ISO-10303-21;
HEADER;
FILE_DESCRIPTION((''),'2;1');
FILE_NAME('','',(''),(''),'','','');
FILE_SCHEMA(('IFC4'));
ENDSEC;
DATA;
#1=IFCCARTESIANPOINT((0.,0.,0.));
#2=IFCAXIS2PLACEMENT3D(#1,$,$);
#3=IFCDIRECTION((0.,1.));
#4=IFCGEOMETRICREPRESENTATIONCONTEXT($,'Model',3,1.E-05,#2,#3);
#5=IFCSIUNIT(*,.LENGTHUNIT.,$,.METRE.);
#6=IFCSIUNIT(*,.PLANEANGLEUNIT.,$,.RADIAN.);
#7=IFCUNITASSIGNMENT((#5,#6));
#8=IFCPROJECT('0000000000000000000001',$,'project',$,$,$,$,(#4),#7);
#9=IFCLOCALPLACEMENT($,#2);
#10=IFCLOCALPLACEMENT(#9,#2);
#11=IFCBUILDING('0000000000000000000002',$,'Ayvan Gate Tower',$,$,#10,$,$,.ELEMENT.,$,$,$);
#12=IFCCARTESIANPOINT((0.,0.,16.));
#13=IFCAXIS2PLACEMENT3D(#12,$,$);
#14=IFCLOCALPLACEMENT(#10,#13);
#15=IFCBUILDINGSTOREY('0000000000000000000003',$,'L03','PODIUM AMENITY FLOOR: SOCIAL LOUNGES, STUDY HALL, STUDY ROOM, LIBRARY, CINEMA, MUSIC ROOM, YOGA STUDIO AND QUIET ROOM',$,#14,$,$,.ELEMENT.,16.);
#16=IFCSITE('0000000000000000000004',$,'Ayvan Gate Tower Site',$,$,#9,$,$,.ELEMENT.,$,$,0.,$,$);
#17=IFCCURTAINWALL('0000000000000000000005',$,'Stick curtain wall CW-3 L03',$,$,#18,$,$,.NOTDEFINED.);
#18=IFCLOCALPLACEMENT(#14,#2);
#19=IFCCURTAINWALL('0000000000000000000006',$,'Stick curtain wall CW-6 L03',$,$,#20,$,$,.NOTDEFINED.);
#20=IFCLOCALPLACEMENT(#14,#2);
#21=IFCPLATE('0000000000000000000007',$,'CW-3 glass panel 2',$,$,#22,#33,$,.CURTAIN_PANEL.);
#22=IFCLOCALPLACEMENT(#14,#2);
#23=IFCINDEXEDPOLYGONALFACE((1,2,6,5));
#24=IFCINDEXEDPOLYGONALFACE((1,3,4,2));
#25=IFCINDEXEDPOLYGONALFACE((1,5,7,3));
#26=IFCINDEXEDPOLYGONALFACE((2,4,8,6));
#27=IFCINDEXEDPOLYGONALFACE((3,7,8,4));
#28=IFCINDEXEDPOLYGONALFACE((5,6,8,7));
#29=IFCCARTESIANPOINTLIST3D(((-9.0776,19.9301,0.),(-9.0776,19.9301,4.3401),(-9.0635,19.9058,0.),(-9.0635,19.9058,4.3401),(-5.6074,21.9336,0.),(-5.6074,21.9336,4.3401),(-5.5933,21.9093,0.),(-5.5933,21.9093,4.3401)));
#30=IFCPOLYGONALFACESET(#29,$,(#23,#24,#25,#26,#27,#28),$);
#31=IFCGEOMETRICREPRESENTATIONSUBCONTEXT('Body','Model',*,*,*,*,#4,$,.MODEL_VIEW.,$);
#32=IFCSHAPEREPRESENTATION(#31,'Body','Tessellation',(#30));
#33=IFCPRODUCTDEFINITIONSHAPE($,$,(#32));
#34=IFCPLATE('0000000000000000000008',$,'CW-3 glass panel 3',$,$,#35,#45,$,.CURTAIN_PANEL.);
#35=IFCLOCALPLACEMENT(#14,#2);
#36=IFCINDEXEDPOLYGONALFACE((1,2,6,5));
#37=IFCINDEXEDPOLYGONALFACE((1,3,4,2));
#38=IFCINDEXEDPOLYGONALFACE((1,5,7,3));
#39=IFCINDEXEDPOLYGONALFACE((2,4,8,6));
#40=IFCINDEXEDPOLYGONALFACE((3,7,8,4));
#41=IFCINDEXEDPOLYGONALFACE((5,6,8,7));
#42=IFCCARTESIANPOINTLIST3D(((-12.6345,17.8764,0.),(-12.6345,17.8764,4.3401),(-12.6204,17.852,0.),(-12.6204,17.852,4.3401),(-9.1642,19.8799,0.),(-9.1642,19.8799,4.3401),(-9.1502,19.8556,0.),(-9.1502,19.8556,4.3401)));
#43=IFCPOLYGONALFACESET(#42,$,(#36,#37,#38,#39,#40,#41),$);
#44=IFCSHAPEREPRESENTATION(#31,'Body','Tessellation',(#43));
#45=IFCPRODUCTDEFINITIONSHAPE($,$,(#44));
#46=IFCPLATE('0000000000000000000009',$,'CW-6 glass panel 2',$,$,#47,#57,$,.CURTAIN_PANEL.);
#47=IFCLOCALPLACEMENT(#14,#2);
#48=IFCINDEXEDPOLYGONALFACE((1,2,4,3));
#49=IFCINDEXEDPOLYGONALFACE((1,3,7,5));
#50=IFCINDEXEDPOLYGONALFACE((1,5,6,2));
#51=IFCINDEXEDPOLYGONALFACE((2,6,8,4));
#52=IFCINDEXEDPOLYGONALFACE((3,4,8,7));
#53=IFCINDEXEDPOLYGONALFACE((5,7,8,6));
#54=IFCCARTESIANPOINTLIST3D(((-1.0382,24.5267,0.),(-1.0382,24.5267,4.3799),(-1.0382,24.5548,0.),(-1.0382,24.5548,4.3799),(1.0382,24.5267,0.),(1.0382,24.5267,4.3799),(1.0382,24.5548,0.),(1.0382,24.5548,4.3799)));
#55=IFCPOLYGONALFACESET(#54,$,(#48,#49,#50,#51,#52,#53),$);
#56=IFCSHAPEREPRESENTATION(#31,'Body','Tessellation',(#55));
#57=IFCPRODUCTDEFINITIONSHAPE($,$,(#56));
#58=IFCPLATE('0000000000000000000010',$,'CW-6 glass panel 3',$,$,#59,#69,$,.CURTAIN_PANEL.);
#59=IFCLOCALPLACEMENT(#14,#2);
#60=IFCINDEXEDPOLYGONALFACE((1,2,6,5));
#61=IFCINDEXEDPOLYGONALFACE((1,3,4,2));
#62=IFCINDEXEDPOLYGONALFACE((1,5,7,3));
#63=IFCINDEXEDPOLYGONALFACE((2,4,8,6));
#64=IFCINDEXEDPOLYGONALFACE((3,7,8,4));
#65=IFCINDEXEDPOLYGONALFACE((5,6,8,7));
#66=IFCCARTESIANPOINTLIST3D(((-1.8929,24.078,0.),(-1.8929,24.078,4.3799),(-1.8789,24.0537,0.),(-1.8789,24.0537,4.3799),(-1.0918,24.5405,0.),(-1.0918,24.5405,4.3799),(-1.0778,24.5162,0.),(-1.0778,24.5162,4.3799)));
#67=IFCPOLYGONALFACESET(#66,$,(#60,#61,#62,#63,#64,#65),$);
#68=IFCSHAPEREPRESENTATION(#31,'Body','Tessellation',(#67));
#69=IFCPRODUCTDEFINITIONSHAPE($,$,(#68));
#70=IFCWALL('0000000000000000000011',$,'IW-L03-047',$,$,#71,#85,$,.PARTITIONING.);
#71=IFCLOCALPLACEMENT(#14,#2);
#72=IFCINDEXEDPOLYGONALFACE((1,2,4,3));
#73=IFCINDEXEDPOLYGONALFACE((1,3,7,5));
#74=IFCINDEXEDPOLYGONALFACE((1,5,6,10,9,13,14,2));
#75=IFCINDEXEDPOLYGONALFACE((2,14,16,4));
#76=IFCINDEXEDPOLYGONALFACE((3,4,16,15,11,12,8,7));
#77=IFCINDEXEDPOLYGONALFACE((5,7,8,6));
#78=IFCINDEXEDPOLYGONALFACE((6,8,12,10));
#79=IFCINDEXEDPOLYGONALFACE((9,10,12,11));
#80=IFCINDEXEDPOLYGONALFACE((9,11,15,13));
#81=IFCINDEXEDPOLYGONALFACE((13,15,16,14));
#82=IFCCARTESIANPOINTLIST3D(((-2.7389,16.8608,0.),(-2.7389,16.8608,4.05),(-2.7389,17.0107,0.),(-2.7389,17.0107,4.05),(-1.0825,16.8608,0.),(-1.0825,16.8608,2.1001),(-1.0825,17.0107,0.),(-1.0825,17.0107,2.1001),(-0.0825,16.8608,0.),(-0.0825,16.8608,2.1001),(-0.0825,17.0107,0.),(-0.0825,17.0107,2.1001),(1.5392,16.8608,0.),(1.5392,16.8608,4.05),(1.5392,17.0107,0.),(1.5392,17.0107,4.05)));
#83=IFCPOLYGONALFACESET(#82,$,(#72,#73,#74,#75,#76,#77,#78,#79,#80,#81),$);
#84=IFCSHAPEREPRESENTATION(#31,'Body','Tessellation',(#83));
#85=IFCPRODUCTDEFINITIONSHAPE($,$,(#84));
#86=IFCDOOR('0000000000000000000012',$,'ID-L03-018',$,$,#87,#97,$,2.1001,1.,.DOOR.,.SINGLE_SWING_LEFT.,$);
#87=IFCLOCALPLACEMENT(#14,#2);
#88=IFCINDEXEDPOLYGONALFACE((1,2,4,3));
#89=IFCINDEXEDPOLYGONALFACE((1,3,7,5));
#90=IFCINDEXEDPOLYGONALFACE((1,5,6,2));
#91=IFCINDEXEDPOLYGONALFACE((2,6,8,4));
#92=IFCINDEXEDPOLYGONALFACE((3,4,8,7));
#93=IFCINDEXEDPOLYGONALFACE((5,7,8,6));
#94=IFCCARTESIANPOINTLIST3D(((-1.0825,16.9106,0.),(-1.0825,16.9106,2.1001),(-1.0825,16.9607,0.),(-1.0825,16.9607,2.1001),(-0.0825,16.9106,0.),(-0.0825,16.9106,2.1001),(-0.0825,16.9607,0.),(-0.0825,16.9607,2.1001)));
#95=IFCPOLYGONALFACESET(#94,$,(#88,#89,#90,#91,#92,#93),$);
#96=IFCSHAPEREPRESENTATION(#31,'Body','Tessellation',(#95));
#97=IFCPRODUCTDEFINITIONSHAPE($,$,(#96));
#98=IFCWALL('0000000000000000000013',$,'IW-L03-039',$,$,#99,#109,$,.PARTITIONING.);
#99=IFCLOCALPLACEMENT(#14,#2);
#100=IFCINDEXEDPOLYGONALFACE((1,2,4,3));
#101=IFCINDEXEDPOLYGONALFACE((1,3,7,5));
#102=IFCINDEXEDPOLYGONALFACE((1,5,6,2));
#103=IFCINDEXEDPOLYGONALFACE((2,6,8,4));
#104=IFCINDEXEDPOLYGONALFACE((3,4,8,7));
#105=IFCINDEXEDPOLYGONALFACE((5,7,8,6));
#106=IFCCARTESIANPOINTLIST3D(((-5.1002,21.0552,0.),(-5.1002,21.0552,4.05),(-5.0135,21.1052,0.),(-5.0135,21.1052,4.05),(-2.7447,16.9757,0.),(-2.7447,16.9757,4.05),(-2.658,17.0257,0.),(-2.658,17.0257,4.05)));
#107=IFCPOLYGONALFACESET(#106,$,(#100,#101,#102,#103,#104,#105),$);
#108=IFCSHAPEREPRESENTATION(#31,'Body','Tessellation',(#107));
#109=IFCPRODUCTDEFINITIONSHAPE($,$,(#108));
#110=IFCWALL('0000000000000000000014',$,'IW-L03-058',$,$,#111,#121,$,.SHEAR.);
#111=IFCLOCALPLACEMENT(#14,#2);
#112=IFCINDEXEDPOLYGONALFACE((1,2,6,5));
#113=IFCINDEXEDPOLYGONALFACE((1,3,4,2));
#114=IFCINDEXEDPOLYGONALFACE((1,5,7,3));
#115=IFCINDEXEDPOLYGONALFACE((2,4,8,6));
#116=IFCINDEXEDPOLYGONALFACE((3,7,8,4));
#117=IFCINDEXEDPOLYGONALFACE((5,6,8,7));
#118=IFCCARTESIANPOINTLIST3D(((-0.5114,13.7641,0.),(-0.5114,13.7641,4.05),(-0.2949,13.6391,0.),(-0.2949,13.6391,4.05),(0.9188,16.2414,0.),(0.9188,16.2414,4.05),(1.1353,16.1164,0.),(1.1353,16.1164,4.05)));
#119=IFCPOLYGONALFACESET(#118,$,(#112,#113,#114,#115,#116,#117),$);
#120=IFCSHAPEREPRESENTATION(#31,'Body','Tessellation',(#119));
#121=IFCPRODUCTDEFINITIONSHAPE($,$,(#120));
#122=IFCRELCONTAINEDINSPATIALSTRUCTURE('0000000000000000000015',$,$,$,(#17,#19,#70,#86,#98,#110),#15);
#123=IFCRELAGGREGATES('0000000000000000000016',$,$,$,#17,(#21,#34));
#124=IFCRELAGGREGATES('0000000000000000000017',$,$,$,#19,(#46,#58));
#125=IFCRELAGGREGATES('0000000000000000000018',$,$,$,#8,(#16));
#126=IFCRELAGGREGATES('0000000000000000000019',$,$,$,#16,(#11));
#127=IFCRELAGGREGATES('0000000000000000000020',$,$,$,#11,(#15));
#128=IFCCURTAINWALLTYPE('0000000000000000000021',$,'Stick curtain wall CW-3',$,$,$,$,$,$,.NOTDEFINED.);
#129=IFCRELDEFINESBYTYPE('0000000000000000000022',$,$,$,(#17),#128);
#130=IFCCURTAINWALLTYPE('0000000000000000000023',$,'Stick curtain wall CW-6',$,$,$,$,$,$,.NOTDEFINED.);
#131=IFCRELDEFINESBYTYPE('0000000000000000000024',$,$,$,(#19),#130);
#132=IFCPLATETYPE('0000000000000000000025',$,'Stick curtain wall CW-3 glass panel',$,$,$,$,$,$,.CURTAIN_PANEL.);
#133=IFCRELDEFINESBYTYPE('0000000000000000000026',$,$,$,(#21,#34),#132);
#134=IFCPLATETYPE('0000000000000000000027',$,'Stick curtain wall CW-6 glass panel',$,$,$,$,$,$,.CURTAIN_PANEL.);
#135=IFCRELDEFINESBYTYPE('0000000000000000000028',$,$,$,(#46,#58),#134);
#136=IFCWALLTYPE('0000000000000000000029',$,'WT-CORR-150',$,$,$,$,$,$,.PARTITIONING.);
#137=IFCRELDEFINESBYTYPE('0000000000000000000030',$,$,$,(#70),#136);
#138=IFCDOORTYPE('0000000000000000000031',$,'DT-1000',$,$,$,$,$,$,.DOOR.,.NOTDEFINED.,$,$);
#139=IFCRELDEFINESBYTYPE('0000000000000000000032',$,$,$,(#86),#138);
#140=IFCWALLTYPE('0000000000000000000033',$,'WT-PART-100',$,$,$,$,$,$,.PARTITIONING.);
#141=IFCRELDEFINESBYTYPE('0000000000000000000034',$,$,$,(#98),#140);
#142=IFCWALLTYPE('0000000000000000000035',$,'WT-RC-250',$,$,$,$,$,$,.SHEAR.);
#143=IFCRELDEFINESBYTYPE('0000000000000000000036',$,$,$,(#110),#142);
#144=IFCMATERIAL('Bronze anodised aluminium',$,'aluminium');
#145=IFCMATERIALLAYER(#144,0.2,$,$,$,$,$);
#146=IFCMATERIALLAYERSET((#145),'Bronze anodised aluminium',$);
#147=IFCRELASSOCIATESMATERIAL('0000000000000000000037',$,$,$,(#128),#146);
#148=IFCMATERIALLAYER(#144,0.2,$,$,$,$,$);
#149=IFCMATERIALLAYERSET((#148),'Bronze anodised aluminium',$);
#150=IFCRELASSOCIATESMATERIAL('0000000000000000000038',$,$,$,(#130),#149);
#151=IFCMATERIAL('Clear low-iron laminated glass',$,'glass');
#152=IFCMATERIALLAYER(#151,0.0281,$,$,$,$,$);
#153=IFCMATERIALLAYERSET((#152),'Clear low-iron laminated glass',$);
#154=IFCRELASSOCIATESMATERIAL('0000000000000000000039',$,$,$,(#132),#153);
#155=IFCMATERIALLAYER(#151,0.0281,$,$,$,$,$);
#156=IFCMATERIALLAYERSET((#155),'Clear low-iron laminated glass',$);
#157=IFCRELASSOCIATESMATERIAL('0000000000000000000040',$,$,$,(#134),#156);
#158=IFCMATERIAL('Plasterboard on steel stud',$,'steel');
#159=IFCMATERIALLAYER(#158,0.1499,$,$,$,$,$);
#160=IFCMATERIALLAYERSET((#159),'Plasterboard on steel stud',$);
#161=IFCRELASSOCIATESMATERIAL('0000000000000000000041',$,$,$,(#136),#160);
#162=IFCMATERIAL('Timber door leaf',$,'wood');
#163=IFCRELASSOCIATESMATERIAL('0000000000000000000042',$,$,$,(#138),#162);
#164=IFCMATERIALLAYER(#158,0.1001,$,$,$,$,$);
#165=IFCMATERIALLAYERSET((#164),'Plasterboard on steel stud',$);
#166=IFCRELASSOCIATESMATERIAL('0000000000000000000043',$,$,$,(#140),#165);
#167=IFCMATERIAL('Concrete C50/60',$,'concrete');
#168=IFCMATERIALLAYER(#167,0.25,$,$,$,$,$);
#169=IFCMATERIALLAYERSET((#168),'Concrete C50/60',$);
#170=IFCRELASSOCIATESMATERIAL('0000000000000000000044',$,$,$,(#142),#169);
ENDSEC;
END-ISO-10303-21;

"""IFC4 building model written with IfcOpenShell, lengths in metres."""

from ifc_helpers import new_model, si_unit, direction, frame, frame_2d, origin, origin_2d, place, context, subcontext, project, spatial, rectangle, extrude, material, layer, layer_set, type_object, element, fill, aggregate, save


model = new_model("IFC4")

# Units and contexts
model_context = context("Model", 3, precision=1e-05, world=origin(), true_north=direction((0.0, 1.0)))
body_context = subcontext(model_context, "Body", "Model", "MODEL_VIEW")
ifc_project = project(units=[si_unit("LENGTHUNIT", "METRE"), si_unit("PLANEANGLEUNIT", "RADIAN")], contexts=[model_context])

# Site, building, storey
site_placement = place(None, origin())
site = spatial("IfcSite", under=ifc_project, at=site_placement, Name="Ayvan Gate Tower Site", CompositionType="ELEMENT", RefElevation=0.0)
building_placement = place(site_placement, origin())
building = spatial("IfcBuilding", under=site, at=building_placement, Name="Ayvan Gate Tower", CompositionType="ELEMENT")
storey_placement = place(building_placement, frame((0.0, 0.0, 16.0)))
storey = spatial("IfcBuildingStorey", under=building, at=storey_placement, Name="L03", Description="PODIUM AMENITY FLOOR: SOCIAL LOUNGES, STUDY HALL, STUDY ROOM, LIBRARY, CINEMA, MUSIC ROOM, YOGA STUDIO AND QUIET ROOM", CompositionType="ELEMENT", Elevation=16.0)

# Curtain walls
ifc_material_1 = material(Name="Bronze anodised aluminium", Category="aluminium")
ifc_layer_1 = layer(ifc_material_1, 0.2)
ifc_layer_set_1 = layer_set([ifc_layer_1], Name="Bronze anodised aluminium")
curtain_wall_type_1 = type_object("IfcCurtainWallType", Name="Stick curtain wall CW-3", PredefinedType="NOTDEFINED", material=ifc_layer_set_1)
curtain_wall_1_placement = place(storey_placement, origin())
curtain_wall_1 = element("IfcCurtainWall", 1, at=curtain_wall_1_placement, inside=storey, type_object=curtain_wall_type_1, Name="Stick curtain wall CW-3 L03", PredefinedType="NOTDEFINED")
ifc_layer_2 = layer(ifc_material_1, 0.2)
ifc_layer_set_2 = layer_set([ifc_layer_2], Name="Bronze anodised aluminium")
curtain_wall_type_2 = type_object("IfcCurtainWallType", Name="Stick curtain wall CW-6", PredefinedType="NOTDEFINED", material=ifc_layer_set_2)
curtain_wall_2_placement = place(storey_placement, origin())
curtain_wall_2 = element("IfcCurtainWall", 2, at=curtain_wall_2_placement, inside=storey, type_object=curtain_wall_type_2, Name="Stick curtain wall CW-6 L03", PredefinedType="NOTDEFINED")

# Plates
ifc_material_2 = material(Name="Clear low-iron laminated glass", Category="glass")
ifc_layer_3 = layer(ifc_material_2, 0.0281)
ifc_layer_set_3 = layer_set([ifc_layer_3], Name="Clear low-iron laminated glass")
plate_type_1 = type_object("IfcPlateType", Name="Stick curtain wall CW-3 glass panel", PredefinedType="CURTAIN_PANEL", material=ifc_layer_set_3)
plate_1_placement = place(storey_placement, frame((-7.3354, 20.9197, 0.0), z_axis=(0.0, 0.0, 1.0), x_axis=(-0.866025, -0.5, 0.0)))
plate_1 = element("IfcPlate", 3, at=plate_1_placement, type_object=plate_type_1, Name="CW-3 glass panel 2", PredefinedType="CURTAIN_PANEL", context=body_context, shape_type="SweptSolid", body=[
    extrude(rectangle(XDim=4.0071, YDim=0.0281, at=origin_2d()), origin(), (0.0, 0.0, 1.0), 4.3401),
])
plate_2_placement = place(storey_placement, frame((-10.8923, 18.866, 0.0), z_axis=(0.0, 0.0, 1.0), x_axis=(-0.866025, -0.5, 0.0)))
plate_2 = element("IfcPlate", 4, at=plate_2_placement, type_object=plate_type_1, Name="CW-3 glass panel 3", PredefinedType="CURTAIN_PANEL", context=body_context, shape_type="SweptSolid", body=[
    extrude(rectangle(XDim=4.0071, YDim=0.0281, at=origin_2d()), origin(), (0.0, 0.0, 1.0), 4.3401),
])
aggregate(curtain_wall_1, [plate_1, plate_2])
ifc_layer_4 = layer(ifc_material_2, 0.0281)
ifc_layer_set_4 = layer_set([ifc_layer_4], Name="Clear low-iron laminated glass")
plate_type_2 = type_object("IfcPlateType", Name="Stick curtain wall CW-6 glass panel", PredefinedType="CURTAIN_PANEL", material=ifc_layer_set_4)
plate_3_placement = place(storey_placement, frame((0.0, 24.5408, 0.0), z_axis=(0.0, 0.0, 1.0), x_axis=(-1.0, 0.0, 0.0)))
plate_3 = element("IfcPlate", 5, at=plate_3_placement, type_object=plate_type_2, Name="CW-6 glass panel 2", PredefinedType="CURTAIN_PANEL", context=body_context, shape_type="SweptSolid", body=[
    extrude(rectangle(XDim=2.0764, YDim=0.0281, at=origin_2d()), origin(), (0.0, 0.0, 1.0), 4.3799),
])
plate_4_placement = place(storey_placement, frame((-1.4854, 24.2971, 0.0), z_axis=(0.0, 0.0, 1.0), x_axis=(-0.866025, -0.5, 0.0)))
plate_4 = element("IfcPlate", 6, at=plate_4_placement, type_object=plate_type_2, Name="CW-6 glass panel 3", PredefinedType="CURTAIN_PANEL", context=body_context, shape_type="SweptSolid", body=[
    extrude(rectangle(XDim=0.925, YDim=0.0281, at=origin_2d()), origin(), (0.0, 0.0, 1.0), 4.3799),
])
aggregate(curtain_wall_2, [plate_3, plate_4])

# Wall, opening, door
ifc_material_3 = material(Name="Plasterboard on steel stud", Category="steel")
ifc_layer_5 = layer(ifc_material_3, 0.1499)
ifc_layer_set_5 = layer_set([ifc_layer_5], Name="Plasterboard on steel stud")
wall_type_1 = type_object("IfcWallType", Name="WT-CORR-150", PredefinedType="PARTITIONING", material=ifc_layer_set_5)
wall_1_placement = place(storey_placement, frame((-2.739, 16.9358, 0.0), z_axis=(0.0, 0.0, 1.0), x_axis=(1.0, 0.0, 0.0)))
wall_1 = element("IfcWall", 7, at=wall_1_placement, inside=storey, type_object=wall_type_1, Name="IW-L03-047", PredefinedType="PARTITIONING", context=body_context, shape_type="SweptSolid", body=[
    extrude(rectangle(XDim=4.2781, YDim=0.1499, at=frame_2d((2.1392, 0.0))), origin(), (0.0, 0.0, 1.0), 4.05),
])
opening_placement = place(wall_1_placement, frame((1.6565, 0.0, 0.0)))
opening = element("IfcOpeningElement", 8, at=opening_placement, cuts=wall_1, PredefinedType="OPENING", context=body_context, shape_type="SweptSolid", body=[
    extrude(rectangle(XDim=1.0, YDim=2.1001, at=frame_2d((0.5, 1.05))), frame((0.0, 0.085, 0.0), z_axis=(0.0, -1.0, 0.0), x_axis=(1.0, 0.0, 0.0)), (0.0, 0.0, 1.0), 0.1699),
])
ifc_material_4 = material(Name="Timber door leaf", Category="wood")
door_type = type_object("IfcDoorType", Name="DT-1000", OperationType="NOTDEFINED", PredefinedType="DOOR", material=ifc_material_4)
door_placement = place(opening_placement, origin())
door = element("IfcDoor", 9, at=door_placement, inside=storey, type_object=door_type, Name="ID-L03-018", OperationType="SINGLE_SWING_LEFT", OverallHeight=2.1001, OverallWidth=1.0, PredefinedType="DOOR", context=body_context, shape_type="SweptSolid", body=[
    extrude(rectangle(XDim=1.0, YDim=2.1001, at=frame_2d((0.5, 1.05))), frame((0.0, 0.0249, 0.0), z_axis=(0.0, -1.0, 0.0), x_axis=(1.0, 0.0, 0.0)), (0.0, 0.0, 1.0), 0.05),
])
fill(opening, door)

# Walls
ifc_layer_6 = layer(ifc_material_3, 0.1001)
ifc_layer_set_6 = layer_set([ifc_layer_6], Name="Plasterboard on steel stud")
wall_type_2 = type_object("IfcWallType", Name="WT-PART-100", PredefinedType="PARTITIONING", material=ifc_layer_set_6)
wall_2_placement = place(storey_placement, frame((-5.0569, 21.0803, 0.0), z_axis=(0.0, 0.0, 1.0), x_axis=(0.500019, -0.866015, 0.0)))
element("IfcWall", 10, at=wall_2_placement, inside=storey, type_object=wall_type_2, Name="IW-L03-039", PredefinedType="PARTITIONING", context=body_context, shape_type="SweptSolid", body=[
    extrude(rectangle(XDim=4.7107, YDim=0.1001, at=frame_2d((2.3555, 0.0))), origin(), (0.0, 0.0, 1.0), 4.05),
])
ifc_material_5 = material(Name="Concrete C50/60", Category="concrete")
ifc_layer_7 = layer(ifc_material_5, 0.25)
ifc_layer_set_7 = layer_set([ifc_layer_7], Name="Concrete C50/60")
wall_type_3 = type_object("IfcWallType", Name="WT-RC-250", PredefinedType="SHEAR", material=ifc_layer_set_7)
wall_3_placement = place(storey_placement, frame((-0.4031, 13.7017, 0.0), z_axis=(0.0, 0.0, 1.0), x_axis=(0.499976, 0.866039, 0.0)))
element("IfcWall", 11, at=wall_3_placement, inside=storey, type_object=wall_type_3, Name="IW-L03-058", PredefinedType="SHEAR", context=body_context, shape_type="SweptSolid", body=[
    extrude(rectangle(XDim=2.8606, YDim=0.25, at=frame_2d((1.4302, 0.0))), origin(), (0.0, 0.0, 1.0), 4.05),
])

save(model, "model.ifc")
